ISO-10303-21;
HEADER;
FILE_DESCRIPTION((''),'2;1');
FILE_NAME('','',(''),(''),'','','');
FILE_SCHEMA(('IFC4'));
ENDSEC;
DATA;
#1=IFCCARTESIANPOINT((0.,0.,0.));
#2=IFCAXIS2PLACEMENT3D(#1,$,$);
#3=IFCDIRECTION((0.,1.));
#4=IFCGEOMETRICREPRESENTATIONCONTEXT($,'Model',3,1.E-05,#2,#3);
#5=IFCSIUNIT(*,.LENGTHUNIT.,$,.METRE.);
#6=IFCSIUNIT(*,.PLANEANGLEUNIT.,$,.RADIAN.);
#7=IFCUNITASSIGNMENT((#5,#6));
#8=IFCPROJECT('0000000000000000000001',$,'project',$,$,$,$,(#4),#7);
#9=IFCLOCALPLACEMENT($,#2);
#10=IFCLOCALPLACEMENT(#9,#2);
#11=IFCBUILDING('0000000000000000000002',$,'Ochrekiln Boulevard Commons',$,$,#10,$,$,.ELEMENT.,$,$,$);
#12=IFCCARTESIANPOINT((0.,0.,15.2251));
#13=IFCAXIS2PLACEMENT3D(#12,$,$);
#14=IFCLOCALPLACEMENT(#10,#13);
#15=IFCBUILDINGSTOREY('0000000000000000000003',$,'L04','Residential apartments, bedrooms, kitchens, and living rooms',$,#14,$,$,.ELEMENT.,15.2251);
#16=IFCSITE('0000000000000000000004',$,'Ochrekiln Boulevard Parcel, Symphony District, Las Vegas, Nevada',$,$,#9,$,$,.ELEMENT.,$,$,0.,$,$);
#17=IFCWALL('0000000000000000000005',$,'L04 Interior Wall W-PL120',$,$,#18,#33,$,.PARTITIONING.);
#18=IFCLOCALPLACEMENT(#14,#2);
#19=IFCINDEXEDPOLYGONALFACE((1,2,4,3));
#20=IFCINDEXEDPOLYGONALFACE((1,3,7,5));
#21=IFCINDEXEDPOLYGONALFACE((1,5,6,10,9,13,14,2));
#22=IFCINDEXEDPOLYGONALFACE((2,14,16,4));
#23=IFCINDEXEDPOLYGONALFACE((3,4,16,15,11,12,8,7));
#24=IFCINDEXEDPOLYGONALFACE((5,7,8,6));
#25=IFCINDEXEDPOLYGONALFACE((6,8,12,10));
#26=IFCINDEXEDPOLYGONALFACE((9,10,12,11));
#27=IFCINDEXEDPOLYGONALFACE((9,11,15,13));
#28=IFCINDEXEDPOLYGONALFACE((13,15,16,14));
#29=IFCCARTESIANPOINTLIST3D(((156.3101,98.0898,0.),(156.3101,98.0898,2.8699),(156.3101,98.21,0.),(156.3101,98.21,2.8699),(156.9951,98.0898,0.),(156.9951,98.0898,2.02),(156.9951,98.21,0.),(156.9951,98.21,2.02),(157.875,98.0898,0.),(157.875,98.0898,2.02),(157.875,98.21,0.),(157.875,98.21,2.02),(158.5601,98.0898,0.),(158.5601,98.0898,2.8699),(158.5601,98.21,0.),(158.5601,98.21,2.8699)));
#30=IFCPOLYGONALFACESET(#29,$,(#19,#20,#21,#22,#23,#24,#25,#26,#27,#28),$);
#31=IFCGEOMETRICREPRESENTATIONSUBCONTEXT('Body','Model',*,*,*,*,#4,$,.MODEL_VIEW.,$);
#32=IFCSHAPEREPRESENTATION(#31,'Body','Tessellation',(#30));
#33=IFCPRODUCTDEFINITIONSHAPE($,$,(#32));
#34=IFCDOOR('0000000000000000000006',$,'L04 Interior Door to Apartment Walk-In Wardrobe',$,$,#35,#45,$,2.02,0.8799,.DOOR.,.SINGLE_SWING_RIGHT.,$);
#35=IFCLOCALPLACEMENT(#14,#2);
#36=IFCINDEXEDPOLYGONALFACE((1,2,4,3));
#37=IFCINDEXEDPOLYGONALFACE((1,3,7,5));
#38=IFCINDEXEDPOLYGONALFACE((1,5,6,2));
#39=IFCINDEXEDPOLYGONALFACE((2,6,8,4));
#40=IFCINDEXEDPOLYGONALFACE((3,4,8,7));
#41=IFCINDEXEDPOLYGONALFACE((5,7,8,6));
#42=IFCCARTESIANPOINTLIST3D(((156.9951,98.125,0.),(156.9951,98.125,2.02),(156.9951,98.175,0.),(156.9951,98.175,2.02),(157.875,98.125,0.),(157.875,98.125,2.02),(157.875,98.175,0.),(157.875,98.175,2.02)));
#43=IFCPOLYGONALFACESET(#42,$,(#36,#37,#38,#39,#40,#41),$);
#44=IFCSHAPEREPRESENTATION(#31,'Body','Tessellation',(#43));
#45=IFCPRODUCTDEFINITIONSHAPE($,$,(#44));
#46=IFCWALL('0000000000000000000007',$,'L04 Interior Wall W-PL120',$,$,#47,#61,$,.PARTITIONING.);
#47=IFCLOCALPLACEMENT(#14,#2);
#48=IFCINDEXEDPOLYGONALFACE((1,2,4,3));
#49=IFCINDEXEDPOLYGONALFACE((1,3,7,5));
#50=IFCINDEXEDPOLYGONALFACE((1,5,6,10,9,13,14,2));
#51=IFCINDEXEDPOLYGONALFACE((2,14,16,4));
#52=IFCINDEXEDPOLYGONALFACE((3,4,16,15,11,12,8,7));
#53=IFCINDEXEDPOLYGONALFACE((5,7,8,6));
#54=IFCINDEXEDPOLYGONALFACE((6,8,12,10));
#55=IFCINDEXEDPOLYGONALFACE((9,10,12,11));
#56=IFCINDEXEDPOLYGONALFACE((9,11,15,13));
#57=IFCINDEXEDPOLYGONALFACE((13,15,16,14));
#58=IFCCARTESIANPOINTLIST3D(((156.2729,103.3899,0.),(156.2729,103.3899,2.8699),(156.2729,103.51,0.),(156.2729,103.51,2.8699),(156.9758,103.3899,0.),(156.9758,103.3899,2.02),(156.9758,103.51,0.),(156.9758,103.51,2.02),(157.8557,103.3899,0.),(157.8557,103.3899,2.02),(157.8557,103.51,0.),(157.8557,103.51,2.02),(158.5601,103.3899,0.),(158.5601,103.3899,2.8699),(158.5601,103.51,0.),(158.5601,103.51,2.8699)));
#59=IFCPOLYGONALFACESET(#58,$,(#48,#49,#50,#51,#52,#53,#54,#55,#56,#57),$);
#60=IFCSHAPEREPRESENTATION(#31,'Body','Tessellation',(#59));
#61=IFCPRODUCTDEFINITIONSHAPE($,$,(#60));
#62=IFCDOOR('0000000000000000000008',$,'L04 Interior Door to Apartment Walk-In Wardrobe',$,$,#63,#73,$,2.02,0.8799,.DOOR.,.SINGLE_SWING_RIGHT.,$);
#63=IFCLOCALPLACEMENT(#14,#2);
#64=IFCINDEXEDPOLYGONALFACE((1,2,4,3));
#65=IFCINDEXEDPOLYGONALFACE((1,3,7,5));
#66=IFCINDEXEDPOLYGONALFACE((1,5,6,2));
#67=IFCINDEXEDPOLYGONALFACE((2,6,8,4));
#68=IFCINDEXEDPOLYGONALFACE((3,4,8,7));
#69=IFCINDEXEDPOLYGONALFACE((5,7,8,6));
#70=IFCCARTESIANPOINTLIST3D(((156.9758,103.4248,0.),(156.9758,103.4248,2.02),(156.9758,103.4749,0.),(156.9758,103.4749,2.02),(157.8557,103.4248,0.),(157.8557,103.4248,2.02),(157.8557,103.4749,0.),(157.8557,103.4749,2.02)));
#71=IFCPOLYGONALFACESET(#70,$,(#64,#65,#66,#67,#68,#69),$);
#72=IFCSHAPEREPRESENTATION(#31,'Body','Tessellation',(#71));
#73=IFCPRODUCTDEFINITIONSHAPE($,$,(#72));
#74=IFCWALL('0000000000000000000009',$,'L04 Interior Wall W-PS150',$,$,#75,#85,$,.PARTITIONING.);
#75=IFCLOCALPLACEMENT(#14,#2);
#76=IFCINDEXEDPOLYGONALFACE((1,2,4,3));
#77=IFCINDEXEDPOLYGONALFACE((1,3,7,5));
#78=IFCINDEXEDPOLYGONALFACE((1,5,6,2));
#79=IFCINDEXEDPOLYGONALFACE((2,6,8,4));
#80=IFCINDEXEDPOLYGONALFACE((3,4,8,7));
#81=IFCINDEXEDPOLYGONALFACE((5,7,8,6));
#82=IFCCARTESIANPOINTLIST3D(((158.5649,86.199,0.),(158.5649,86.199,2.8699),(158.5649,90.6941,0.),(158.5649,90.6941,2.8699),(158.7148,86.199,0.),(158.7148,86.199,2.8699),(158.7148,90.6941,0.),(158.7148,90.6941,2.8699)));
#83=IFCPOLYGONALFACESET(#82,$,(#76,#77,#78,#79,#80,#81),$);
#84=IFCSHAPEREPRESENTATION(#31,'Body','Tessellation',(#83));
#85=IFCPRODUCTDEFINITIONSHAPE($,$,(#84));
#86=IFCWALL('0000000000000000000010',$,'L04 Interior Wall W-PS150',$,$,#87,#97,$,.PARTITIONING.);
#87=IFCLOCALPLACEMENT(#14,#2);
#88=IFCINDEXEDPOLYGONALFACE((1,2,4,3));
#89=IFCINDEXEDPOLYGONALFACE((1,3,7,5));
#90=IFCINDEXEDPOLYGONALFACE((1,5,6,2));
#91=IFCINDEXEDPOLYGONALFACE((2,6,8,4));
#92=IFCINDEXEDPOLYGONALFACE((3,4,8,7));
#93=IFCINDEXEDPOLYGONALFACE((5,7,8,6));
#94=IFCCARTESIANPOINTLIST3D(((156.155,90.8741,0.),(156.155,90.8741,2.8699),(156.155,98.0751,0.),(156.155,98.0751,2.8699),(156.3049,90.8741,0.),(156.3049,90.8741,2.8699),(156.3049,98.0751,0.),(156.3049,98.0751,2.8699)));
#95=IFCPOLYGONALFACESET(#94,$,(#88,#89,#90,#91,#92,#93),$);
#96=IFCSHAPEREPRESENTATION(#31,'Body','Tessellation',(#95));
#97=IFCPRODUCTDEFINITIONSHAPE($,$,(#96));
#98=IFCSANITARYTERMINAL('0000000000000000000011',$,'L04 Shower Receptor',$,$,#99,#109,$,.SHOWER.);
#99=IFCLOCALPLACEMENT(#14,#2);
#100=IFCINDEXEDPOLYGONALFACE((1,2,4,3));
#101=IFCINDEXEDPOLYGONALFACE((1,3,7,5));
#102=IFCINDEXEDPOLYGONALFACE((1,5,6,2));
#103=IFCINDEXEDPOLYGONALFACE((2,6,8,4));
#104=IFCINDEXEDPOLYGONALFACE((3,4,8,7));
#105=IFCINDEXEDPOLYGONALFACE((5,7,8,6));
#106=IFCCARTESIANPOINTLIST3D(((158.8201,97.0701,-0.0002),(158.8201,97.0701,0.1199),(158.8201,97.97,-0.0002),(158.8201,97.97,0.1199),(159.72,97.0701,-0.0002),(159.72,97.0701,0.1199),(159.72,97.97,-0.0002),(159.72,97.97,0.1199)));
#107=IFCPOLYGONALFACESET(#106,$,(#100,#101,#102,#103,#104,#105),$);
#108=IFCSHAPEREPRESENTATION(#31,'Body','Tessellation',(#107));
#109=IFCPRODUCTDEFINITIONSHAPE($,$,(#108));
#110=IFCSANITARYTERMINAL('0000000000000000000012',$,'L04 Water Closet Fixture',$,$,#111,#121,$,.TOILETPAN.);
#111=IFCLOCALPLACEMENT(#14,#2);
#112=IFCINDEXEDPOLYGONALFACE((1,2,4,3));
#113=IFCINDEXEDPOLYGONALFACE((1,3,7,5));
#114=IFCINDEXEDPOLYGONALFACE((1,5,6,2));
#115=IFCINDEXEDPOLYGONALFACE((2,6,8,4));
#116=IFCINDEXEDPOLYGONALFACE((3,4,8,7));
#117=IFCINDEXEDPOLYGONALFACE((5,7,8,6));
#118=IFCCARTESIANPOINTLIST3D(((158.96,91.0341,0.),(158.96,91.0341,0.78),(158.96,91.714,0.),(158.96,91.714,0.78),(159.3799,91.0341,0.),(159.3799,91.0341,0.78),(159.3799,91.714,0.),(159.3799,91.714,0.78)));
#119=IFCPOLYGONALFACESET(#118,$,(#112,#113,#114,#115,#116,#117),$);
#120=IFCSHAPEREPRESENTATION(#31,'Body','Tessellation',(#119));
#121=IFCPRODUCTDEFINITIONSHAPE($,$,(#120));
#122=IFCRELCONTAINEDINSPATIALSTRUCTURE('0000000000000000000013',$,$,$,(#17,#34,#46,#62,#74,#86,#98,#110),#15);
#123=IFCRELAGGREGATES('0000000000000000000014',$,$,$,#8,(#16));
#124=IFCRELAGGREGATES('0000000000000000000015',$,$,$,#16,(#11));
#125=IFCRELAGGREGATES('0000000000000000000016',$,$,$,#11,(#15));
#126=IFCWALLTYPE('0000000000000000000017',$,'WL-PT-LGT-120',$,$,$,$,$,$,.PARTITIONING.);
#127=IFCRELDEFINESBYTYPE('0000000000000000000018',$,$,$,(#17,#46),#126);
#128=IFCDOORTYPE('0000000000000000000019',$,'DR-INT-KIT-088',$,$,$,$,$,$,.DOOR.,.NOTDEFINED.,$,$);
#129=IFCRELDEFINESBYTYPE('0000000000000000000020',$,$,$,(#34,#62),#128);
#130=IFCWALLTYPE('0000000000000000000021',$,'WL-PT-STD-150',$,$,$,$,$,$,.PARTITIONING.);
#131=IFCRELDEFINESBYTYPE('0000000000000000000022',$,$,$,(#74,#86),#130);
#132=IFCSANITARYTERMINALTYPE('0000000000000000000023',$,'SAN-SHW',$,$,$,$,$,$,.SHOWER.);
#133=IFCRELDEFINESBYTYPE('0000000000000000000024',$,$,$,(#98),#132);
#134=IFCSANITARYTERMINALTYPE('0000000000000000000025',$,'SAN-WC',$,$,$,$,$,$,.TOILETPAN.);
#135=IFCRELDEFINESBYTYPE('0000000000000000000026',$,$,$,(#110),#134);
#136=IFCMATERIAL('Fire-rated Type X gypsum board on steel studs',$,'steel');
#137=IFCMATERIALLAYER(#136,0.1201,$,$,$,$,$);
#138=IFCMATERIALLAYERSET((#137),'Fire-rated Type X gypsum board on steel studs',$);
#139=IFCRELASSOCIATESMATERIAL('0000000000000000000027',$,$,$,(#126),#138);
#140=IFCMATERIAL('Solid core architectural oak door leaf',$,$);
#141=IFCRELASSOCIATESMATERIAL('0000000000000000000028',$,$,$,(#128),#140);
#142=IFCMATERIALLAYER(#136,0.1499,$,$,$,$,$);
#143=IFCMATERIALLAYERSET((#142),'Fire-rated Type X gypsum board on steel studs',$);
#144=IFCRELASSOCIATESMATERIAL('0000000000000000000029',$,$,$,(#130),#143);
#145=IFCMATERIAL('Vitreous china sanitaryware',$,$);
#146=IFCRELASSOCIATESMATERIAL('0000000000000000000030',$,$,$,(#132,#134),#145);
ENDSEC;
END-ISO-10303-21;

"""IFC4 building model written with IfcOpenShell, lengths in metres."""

from ifc_helpers import new_model, si_unit, direction, frame, frame_2d, origin, origin_2d, place, context, subcontext, project, spatial, rectangle, extrude, material, layer, layer_set, type_object, element, fill, save


model = new_model("IFC4")

# Units and contexts
model_context = context("Model", 3, precision=1e-05, world=origin(), true_north=direction((0.0, 1.0)))
body_context = subcontext(model_context, "Body", "Model", "MODEL_VIEW")
ifc_project = project(units=[si_unit("LENGTHUNIT", "METRE"), si_unit("PLANEANGLEUNIT", "RADIAN")], contexts=[model_context])

# Site, building, storey
site_placement = place(None, origin())
site = spatial("IfcSite", under=ifc_project, at=site_placement, Name="Ochrekiln Boulevard Parcel, Symphony District, Las Vegas, Nevada", CompositionType="ELEMENT", RefElevation=0.0)
building_placement = place(site_placement, origin())
building = spatial("IfcBuilding", under=site, at=building_placement, Name="Ochrekiln Boulevard Commons", CompositionType="ELEMENT")
storey_placement = place(building_placement, frame((0.0, 0.0, 15.2251)))
storey = spatial("IfcBuildingStorey", under=building, at=storey_placement, Name="L04", Description="Residential apartments, bedrooms, kitchens, and living rooms", CompositionType="ELEMENT", Elevation=15.2251)

# Shared definitions
ifc_material_1 = material(Name="Solid core architectural oak door leaf")

# Shared definitions
ifc_material_2 = material(Name="Fire-rated Type X gypsum board on steel studs", Category="steel")

# Walls, openings, doors
ifc_layer_1 = layer(ifc_material_2, 0.1201)
ifc_layer_set_1 = layer_set([ifc_layer_1], Name="Fire-rated Type X gypsum board on steel studs")
wall_type_1 = type_object("IfcWallType", Name="WL-PT-LGT-120", PredefinedType="PARTITIONING", material=ifc_layer_set_1)
wall_1_placement = place(storey_placement, frame((156.3101, 98.1499, 0.0), z_axis=(0.0, 0.0, 1.0), x_axis=(1.0, 0.0, 0.0)))
wall_1 = element("IfcWall", 1, at=wall_1_placement, inside=storey, type_object=wall_type_1, Name="L04 Interior Wall W-PL120", PredefinedType="PARTITIONING", context=body_context, shape_type="SweptSolid", body=[
    extrude(rectangle(XDim=2.25, YDim=0.1201, at=frame_2d((1.125, 0.0))), origin(), (0.0, 0.0, 1.0), 2.8699),
])
opening_1_placement = place(wall_1_placement, frame((0.6851, 0.0, 0.0)))
opening_1 = element("IfcOpeningElement", 2, at=opening_1_placement, cuts=wall_1, PredefinedType="OPENING", context=body_context, shape_type="SweptSolid", body=[
    extrude(rectangle(XDim=0.8799, YDim=2.02, at=frame_2d((0.4399, 1.01))), frame((0.0, 0.0701, 0.0), z_axis=(0.0, -1.0, 0.0), x_axis=(1.0, 0.0, 0.0)), (0.0, 0.0, 1.0), 0.1401),
])
door_type_1 = type_object("IfcDoorType", Name="DR-INT-KIT-088", OperationType="NOTDEFINED", PredefinedType="DOOR", material=ifc_material_1)
door_1_placement = place(opening_1_placement, frame((0.8799, 0.0, 0.0), z_axis=(0.0, 0.0, 1.0), x_axis=(-1.0, 0.0, 0.0)))
door_1 = element("IfcDoor", 3, at=door_1_placement, inside=storey, type_object=door_type_1, Name="L04 Interior Door to Apartment Walk-In Wardrobe", OperationType="SINGLE_SWING_RIGHT", OverallHeight=2.02, OverallWidth=0.8799, PredefinedType="DOOR", context=body_context, shape_type="SweptSolid", body=[
    extrude(rectangle(XDim=0.8799, YDim=2.02, at=frame_2d((0.4399, 1.01))), frame((0.0, 0.0249, 0.0), z_axis=(0.0, -1.0, 0.0), x_axis=(1.0, 0.0, 0.0)), (0.0, 0.0, 1.0), 0.05),
])
fill(opening_1, door_1)
wall_2_placement = place(storey_placement, frame((156.2729, 103.45, 0.0), z_axis=(0.0, 0.0, 1.0), x_axis=(1.0, 0.0, 0.0)))
wall_2 = element("IfcWall", 4, at=wall_2_placement, inside=storey, type_object=wall_type_1, Name="L04 Interior Wall W-PL120", PredefinedType="PARTITIONING", context=body_context, shape_type="SweptSolid", body=[
    extrude(rectangle(XDim=2.2871, YDim=0.1201, at=frame_2d((1.1436, 0.0))), origin(), (0.0, 0.0, 1.0), 2.8699),
])
opening_2_placement = place(wall_2_placement, frame((0.7029, 0.0, 0.0)))
opening_2 = element("IfcOpeningElement", 5, at=opening_2_placement, cuts=wall_2, PredefinedType="OPENING", context=body_context, shape_type="SweptSolid", body=[
    extrude(rectangle(XDim=0.8799, YDim=2.02, at=frame_2d((0.4399, 1.01))), frame((0.0, 0.0701, 0.0), z_axis=(0.0, -1.0, 0.0), x_axis=(1.0, 0.0, 0.0)), (0.0, 0.0, 1.0), 0.1401),
])
door_2_placement = place(opening_2_placement, origin())
door_2 = element("IfcDoor", 6, at=door_2_placement, inside=storey, type_object=door_type_1, Name="L04 Interior Door to Apartment Walk-In Wardrobe", OperationType="SINGLE_SWING_RIGHT", OverallHeight=2.02, OverallWidth=0.8799, PredefinedType="DOOR", context=body_context, shape_type="SweptSolid", body=[
    extrude(rectangle(XDim=0.8799, YDim=2.02, at=frame_2d((0.4399, 1.01))), frame((0.0, 0.0249, 0.0), z_axis=(0.0, -1.0, 0.0), x_axis=(1.0, 0.0, 0.0)), (0.0, 0.0, 1.0), 0.05),
])
fill(opening_2, door_2)

# Walls
ifc_layer_2 = layer(ifc_material_2, 0.1499)
ifc_layer_set_2 = layer_set([ifc_layer_2], Name="Fire-rated Type X gypsum board on steel studs")
wall_type_2 = type_object("IfcWallType", Name="WL-PT-STD-150", PredefinedType="PARTITIONING", material=ifc_layer_set_2)
wall_3_placement = place(storey_placement, frame((158.6399, 86.199, 0.0), z_axis=(0.0, 0.0, 1.0), x_axis=(0.0, 1.0, 0.0)))
element("IfcWall", 7, at=wall_3_placement, inside=storey, type_object=wall_type_2, Name="L04 Interior Wall W-PS150", PredefinedType="PARTITIONING", context=body_context, shape_type="SweptSolid", body=[
    extrude(rectangle(XDim=4.4951, YDim=0.1499, at=frame_2d((2.2476, 0.0))), origin(), (0.0, 0.0, 1.0), 2.8699),
])
wall_4_placement = place(storey_placement, frame((156.23, 90.874, 0.0), z_axis=(0.0, 0.0, 1.0), x_axis=(0.0, 1.0, 0.0)))
element("IfcWall", 8, at=wall_4_placement, inside=storey, type_object=wall_type_2, Name="L04 Interior Wall W-PS150", PredefinedType="PARTITIONING", context=body_context, shape_type="SweptSolid", body=[
    extrude(rectangle(XDim=7.2009, YDim=0.1499, at=frame_2d((3.6006, 0.0))), origin(), (0.0, 0.0, 1.0), 2.8699),
])

# Sanitary terminals
ifc_material_3 = material(Name="Vitreous china sanitaryware")
sanitary_terminal_type_1 = type_object("IfcSanitaryTerminalType", Name="SAN-SHW", PredefinedType="SHOWER", material=ifc_material_3)
sanitary_terminal_1_placement = place(storey_placement, frame((159.27, 97.52, -0.0002), z_axis=(0.0, 0.0, 1.0), x_axis=(1.0, 0.0, 0.0)))
element("IfcSanitaryTerminal", 9, at=sanitary_terminal_1_placement, inside=storey, type_object=sanitary_terminal_type_1, Name="L04 Shower Receptor", PredefinedType="SHOWER", context=body_context, shape_type="SweptSolid", body=[
    extrude(rectangle(XDim=0.8999, YDim=0.8999, at=origin_2d()), origin(), (0.0, 0.0, 1.0), 0.1201),
])
sanitary_terminal_type_2 = type_object("IfcSanitaryTerminalType", Name="SAN-WC", PredefinedType="TOILETPAN", material=ifc_material_3)
sanitary_terminal_2_placement = place(storey_placement, frame((159.1699, 91.374, 0.0), z_axis=(0.0, 0.0, 1.0), x_axis=(1.0, 0.0, 0.0)))
element("IfcSanitaryTerminal", 10, at=sanitary_terminal_2_placement, inside=storey, type_object=sanitary_terminal_type_2, Name="L04 Water Closet Fixture", PredefinedType="TOILETPAN", context=body_context, shape_type="SweptSolid", body=[
    extrude(rectangle(XDim=0.4199, YDim=0.6799, at=origin_2d()), origin(), (0.0, 0.0, 1.0), 0.78),
])

save(model, "model.ifc")
